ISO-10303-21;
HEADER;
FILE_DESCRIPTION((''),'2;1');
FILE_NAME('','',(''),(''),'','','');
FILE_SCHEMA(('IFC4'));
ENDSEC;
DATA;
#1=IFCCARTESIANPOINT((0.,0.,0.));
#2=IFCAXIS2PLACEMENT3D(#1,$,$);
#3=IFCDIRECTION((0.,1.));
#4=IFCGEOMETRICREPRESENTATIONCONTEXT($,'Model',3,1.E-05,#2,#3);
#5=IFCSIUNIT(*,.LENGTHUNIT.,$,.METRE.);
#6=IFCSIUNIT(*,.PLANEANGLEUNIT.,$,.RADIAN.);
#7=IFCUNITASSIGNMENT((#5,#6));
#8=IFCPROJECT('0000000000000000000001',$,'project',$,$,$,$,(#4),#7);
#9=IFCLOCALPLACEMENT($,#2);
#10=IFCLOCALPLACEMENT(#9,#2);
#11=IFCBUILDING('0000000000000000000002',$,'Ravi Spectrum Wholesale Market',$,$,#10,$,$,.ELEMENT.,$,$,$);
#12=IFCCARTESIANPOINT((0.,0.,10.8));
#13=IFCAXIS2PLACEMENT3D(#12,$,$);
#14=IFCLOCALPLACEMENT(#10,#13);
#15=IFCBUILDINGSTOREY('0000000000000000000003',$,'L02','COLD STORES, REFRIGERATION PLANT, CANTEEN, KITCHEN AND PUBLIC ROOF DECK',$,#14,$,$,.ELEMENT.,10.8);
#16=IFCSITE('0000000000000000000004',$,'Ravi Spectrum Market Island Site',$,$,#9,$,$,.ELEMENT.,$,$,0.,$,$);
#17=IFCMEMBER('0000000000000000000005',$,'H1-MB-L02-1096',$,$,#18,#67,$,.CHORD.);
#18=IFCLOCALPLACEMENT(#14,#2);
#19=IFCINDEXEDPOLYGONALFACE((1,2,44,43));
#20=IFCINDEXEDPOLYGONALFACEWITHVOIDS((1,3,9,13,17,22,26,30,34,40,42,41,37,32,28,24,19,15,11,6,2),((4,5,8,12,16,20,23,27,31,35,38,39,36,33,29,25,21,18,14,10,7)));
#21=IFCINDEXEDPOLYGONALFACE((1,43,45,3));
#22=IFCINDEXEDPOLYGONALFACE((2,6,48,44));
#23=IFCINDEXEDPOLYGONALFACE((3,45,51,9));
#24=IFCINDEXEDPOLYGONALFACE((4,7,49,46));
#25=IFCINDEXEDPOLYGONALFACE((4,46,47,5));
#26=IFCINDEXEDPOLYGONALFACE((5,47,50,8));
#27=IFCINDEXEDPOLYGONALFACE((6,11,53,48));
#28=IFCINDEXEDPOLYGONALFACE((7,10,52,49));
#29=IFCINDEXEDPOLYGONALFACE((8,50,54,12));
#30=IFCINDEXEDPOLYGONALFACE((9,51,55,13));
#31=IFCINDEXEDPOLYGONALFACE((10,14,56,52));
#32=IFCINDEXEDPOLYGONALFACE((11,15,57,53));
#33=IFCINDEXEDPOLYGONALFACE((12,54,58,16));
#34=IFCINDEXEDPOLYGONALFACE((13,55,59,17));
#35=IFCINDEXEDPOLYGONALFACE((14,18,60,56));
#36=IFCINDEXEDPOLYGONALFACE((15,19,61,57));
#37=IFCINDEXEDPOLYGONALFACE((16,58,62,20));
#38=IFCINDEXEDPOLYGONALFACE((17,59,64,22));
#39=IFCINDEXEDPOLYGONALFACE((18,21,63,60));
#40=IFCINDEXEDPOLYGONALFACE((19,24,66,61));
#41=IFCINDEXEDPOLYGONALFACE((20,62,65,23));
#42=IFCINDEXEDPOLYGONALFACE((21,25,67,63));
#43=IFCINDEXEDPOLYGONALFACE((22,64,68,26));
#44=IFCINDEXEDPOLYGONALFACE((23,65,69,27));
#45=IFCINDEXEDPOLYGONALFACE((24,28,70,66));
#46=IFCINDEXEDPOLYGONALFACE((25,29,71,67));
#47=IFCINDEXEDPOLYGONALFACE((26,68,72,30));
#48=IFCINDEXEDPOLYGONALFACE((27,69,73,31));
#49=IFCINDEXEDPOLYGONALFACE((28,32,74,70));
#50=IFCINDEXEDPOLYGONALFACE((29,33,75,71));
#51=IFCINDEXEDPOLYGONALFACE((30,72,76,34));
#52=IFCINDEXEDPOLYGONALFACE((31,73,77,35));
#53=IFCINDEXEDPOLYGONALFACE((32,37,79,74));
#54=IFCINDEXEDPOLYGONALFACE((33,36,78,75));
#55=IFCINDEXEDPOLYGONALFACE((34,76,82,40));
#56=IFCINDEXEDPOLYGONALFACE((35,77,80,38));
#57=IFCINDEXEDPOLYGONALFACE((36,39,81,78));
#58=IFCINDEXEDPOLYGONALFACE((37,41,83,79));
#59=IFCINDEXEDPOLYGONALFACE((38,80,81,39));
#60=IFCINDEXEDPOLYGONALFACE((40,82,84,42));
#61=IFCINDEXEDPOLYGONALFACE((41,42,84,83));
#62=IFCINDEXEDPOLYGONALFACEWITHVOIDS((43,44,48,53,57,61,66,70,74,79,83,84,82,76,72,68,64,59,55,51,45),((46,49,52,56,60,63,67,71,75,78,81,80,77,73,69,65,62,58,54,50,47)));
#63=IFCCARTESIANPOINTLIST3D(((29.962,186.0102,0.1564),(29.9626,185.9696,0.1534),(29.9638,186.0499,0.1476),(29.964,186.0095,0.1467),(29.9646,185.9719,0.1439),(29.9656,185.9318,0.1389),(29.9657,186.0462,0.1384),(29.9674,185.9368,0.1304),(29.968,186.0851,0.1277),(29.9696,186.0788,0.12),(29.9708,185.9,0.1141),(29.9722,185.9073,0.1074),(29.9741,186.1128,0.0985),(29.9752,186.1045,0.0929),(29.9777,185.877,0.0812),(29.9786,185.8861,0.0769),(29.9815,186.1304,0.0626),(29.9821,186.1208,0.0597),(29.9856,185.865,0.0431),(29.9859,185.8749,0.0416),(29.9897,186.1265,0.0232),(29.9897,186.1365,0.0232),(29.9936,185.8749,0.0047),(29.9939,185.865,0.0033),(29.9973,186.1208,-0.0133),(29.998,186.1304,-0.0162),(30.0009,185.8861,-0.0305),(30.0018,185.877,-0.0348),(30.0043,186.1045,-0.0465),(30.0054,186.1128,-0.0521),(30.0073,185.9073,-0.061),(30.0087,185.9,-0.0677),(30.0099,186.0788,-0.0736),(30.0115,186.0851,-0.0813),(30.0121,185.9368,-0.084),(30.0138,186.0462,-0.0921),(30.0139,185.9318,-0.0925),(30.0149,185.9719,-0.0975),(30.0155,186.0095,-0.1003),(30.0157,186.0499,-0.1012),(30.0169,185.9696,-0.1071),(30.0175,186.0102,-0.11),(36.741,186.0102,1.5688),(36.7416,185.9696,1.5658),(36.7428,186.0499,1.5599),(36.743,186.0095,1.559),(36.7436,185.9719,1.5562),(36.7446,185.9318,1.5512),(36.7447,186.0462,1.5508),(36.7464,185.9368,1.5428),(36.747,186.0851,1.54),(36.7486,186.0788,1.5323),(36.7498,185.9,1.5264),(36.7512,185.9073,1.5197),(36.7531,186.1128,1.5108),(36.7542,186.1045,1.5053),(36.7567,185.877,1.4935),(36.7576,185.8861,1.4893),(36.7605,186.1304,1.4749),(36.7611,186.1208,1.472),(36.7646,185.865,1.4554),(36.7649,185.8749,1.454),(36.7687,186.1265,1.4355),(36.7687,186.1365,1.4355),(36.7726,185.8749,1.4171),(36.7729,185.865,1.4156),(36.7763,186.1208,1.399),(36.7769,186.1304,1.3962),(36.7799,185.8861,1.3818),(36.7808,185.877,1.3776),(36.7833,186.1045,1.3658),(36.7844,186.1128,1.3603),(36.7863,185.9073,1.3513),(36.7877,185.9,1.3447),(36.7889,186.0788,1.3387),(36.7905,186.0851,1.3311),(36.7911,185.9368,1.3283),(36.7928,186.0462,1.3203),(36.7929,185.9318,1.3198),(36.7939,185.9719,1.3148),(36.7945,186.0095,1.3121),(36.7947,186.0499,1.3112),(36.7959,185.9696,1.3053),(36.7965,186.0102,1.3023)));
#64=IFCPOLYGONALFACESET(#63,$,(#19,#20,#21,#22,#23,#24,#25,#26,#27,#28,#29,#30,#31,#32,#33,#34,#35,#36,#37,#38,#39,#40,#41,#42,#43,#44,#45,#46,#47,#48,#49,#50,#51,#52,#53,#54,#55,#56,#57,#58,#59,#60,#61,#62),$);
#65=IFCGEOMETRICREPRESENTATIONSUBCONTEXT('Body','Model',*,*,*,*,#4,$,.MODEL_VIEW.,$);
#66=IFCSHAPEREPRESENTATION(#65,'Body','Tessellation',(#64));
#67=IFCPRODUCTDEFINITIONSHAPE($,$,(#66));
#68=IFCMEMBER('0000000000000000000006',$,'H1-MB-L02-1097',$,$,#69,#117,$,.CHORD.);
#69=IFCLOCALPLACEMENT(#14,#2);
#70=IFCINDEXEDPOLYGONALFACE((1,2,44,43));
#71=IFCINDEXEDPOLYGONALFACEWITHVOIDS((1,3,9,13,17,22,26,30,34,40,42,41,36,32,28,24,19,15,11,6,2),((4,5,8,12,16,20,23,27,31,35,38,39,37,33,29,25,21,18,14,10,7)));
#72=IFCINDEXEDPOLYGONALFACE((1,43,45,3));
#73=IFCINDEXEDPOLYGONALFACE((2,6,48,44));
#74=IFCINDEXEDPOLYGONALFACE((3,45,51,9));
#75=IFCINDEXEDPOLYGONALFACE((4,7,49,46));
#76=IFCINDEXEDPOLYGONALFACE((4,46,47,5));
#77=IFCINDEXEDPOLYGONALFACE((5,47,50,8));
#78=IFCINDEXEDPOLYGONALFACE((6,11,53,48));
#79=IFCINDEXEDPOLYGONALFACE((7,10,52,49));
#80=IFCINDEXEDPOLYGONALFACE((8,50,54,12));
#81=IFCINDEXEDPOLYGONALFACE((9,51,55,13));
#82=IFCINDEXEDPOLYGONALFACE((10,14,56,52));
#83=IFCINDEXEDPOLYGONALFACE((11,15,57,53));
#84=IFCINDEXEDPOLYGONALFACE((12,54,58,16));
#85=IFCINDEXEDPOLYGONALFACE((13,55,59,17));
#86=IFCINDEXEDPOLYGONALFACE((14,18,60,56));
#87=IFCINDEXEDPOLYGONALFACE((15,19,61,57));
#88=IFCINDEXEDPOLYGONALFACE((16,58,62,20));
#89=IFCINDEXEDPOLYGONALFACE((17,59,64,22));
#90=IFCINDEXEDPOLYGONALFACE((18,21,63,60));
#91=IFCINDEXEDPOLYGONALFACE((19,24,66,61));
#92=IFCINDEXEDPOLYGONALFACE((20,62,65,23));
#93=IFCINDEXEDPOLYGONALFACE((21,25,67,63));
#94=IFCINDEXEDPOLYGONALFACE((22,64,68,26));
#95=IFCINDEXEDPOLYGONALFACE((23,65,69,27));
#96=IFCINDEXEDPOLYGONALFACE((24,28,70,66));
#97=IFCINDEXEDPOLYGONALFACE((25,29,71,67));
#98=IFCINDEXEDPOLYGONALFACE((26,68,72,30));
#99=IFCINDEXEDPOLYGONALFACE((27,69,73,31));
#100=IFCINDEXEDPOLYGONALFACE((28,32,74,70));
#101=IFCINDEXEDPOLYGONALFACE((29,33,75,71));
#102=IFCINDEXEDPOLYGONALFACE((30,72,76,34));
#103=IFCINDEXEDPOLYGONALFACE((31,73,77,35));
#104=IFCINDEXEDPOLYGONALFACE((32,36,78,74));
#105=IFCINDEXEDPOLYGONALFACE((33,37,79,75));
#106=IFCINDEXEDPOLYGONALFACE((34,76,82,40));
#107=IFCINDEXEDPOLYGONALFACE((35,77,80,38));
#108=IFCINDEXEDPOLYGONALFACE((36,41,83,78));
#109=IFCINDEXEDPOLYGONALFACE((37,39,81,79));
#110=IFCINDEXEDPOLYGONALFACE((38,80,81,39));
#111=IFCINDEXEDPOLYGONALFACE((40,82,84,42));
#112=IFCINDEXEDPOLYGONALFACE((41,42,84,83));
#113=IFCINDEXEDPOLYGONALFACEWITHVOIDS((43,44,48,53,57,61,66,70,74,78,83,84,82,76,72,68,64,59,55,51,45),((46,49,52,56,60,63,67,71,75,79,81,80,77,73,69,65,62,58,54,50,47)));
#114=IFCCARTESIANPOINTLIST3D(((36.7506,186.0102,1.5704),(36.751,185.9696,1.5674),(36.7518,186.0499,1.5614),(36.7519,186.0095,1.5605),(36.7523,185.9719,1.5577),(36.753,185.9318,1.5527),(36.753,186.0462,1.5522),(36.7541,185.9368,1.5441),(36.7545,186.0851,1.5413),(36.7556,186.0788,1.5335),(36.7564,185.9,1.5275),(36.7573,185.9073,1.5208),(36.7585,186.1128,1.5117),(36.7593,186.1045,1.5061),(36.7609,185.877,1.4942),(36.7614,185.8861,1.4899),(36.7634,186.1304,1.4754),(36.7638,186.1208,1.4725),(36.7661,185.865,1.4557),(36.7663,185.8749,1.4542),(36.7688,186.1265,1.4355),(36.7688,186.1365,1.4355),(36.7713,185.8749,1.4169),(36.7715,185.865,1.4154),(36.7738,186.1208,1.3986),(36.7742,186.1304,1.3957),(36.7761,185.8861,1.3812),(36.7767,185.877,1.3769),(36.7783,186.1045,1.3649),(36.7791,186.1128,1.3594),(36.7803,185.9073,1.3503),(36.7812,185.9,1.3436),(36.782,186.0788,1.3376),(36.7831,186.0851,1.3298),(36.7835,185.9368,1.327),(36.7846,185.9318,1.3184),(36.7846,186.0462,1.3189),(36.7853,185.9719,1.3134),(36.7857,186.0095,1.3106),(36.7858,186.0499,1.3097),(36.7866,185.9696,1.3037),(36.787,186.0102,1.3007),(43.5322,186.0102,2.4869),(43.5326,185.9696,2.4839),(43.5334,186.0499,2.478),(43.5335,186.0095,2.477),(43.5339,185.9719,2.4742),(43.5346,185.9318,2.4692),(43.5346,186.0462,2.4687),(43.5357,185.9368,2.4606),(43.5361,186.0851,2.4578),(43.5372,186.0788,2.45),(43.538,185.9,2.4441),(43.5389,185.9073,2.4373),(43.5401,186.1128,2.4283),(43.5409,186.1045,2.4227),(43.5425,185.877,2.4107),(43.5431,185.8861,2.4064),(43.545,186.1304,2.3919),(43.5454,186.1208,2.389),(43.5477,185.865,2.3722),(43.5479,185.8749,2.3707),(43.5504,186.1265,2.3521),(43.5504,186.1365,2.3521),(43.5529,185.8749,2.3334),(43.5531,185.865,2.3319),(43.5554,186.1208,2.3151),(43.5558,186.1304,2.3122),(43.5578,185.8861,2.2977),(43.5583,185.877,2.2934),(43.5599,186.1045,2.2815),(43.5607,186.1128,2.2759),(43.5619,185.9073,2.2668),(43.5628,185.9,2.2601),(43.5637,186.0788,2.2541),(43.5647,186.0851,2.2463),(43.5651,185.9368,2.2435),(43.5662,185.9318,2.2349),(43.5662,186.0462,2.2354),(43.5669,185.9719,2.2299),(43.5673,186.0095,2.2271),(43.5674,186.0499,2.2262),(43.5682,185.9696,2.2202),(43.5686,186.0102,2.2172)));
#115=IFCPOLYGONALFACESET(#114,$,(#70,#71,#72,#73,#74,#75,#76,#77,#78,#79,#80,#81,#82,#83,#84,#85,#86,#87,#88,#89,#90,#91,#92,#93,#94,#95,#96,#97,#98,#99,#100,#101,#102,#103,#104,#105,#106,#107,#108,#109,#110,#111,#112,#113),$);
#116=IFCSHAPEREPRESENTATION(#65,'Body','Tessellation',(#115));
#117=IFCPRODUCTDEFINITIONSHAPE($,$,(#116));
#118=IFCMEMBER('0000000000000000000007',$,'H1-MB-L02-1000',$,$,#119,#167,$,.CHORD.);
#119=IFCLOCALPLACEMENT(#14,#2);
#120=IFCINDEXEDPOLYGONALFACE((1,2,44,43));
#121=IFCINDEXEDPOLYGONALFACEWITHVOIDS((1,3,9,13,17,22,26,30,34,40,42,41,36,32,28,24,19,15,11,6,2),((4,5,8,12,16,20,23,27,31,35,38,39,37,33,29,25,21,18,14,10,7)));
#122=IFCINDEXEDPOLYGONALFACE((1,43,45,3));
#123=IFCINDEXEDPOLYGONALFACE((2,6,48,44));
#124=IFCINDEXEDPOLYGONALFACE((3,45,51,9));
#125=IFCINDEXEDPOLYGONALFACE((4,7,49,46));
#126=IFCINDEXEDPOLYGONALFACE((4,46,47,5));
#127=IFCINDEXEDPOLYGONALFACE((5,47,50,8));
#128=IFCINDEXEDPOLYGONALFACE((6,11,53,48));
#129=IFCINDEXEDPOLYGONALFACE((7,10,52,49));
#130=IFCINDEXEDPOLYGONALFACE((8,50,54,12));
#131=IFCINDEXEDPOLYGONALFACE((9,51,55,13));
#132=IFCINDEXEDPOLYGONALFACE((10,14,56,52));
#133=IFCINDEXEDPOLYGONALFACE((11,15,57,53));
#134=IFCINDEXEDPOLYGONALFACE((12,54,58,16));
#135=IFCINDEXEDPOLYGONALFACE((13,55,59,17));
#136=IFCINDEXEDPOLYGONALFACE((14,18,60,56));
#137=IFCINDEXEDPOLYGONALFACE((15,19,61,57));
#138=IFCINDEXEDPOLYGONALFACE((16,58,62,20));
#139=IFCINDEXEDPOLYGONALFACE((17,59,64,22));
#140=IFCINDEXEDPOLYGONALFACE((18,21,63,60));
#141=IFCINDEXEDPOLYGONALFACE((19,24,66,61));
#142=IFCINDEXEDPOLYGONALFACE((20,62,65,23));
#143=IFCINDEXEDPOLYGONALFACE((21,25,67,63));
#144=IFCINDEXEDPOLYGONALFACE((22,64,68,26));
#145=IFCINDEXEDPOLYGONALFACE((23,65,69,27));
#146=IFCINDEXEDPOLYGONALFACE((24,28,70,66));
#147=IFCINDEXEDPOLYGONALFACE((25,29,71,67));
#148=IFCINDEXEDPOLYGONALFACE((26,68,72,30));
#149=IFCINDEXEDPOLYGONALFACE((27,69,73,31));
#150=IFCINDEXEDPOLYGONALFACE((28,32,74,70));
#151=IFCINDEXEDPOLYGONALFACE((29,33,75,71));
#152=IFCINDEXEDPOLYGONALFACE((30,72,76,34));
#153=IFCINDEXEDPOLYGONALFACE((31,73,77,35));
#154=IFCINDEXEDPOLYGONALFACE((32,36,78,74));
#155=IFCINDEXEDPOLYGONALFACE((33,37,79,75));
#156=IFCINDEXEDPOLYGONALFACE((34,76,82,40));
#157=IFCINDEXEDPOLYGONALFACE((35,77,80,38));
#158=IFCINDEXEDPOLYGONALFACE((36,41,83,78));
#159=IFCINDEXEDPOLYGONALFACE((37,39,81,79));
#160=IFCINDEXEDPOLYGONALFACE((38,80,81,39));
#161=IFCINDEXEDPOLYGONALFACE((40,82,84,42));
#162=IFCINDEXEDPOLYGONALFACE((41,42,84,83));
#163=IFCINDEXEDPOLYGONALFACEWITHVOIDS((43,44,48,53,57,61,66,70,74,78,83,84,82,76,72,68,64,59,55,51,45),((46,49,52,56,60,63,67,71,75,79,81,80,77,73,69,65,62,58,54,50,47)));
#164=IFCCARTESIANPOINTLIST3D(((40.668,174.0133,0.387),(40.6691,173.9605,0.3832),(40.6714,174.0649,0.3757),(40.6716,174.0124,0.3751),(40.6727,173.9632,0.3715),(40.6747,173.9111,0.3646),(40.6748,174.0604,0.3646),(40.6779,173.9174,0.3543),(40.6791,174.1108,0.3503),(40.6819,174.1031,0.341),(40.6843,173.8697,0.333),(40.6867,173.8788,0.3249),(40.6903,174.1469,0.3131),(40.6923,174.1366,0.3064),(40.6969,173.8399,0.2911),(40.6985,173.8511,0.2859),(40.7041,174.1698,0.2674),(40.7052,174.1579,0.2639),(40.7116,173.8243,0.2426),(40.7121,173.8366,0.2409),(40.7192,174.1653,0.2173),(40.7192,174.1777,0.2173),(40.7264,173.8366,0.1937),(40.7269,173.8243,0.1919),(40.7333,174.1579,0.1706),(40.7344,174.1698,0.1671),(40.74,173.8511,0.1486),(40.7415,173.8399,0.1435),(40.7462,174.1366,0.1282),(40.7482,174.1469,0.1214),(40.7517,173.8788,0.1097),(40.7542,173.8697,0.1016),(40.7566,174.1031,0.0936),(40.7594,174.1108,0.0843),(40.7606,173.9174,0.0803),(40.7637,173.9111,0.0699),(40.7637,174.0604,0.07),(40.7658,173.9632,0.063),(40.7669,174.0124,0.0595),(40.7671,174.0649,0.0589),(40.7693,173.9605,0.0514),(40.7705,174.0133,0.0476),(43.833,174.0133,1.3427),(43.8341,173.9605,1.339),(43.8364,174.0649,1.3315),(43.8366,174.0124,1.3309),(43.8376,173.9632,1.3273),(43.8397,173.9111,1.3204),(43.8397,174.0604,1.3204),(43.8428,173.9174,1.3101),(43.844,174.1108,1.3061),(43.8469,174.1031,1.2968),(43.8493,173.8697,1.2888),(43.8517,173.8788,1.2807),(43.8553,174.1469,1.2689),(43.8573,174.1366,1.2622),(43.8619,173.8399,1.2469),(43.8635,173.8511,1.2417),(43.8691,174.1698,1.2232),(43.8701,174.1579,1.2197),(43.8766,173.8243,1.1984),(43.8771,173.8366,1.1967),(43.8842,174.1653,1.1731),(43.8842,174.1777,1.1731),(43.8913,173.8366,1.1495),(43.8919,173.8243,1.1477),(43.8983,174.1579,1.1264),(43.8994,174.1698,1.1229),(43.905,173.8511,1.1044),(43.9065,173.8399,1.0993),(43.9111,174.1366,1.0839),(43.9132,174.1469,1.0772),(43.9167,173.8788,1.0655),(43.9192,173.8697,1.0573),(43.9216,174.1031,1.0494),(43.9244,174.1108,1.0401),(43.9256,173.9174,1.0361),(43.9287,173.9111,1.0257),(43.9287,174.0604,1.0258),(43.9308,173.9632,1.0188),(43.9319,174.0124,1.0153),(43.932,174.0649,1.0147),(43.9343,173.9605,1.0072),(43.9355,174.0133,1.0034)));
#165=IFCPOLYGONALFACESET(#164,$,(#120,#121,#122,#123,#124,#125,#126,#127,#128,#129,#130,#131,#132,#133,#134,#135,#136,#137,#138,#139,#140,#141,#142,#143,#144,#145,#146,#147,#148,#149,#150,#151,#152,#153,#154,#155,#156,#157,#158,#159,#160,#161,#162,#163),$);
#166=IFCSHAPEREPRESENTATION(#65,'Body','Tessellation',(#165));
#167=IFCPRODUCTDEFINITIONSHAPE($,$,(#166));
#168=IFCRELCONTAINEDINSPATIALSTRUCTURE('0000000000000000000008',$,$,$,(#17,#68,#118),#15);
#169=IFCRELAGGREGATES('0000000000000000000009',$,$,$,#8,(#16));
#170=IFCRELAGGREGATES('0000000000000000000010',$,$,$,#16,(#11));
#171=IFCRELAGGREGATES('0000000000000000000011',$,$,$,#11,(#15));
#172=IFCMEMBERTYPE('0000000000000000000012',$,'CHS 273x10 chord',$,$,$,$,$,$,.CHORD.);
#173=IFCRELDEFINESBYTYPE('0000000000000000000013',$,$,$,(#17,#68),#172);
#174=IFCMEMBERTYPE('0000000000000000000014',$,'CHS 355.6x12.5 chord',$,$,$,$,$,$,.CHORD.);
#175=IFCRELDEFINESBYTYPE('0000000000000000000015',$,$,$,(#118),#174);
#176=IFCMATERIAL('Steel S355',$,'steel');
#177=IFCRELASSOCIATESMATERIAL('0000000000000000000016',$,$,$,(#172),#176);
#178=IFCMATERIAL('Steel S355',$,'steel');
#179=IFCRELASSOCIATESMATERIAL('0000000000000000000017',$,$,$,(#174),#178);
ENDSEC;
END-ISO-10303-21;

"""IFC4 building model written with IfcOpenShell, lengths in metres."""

from ifc_helpers import new_model, si_unit, direction, frame, origin, origin_2d, place, context, subcontext, project, spatial, hollow_circle, extrude, material, material_profile, profile_set, type_object, element, save


model = new_model("IFC4")

# Units and contexts
model_context = context("Model", 3, precision=1e-05, world=origin(), true_north=direction((0.0, 1.0)))
body_context = subcontext(model_context, "Body", "Model", "MODEL_VIEW")
ifc_project = project(units=[si_unit("LENGTHUNIT", "METRE"), si_unit("PLANEANGLEUNIT", "RADIAN")], contexts=[model_context])

# Site, building, storey
site_placement = place(None, origin())
site = spatial("IfcSite", under=ifc_project, at=site_placement, Name="Ravi Spectrum Market Island Site", CompositionType="ELEMENT", RefElevation=0.0)
building_placement = place(site_placement, origin())
building = spatial("IfcBuilding", under=site, at=building_placement, Name="Ravi Spectrum Wholesale Market", CompositionType="ELEMENT")
storey_placement = place(building_placement, frame((0.0, 0.0, 10.8)))
storey = spatial("IfcBuildingStorey", under=building, at=storey_placement, Name="L02", Description="COLD STORES, REFRIGERATION PLANT, CANTEEN, KITCHEN AND PUBLIC ROOF DECK", CompositionType="ELEMENT", Elevation=10.8)

# Members
ifc_material_1 = material(Name="Steel S355", Category="steel")
ifc_material_profile_1 = material_profile(ifc_material_1, hollow_circle(Radius=0.1365, WallThickness=0.01, at=origin_2d()))
ifc_profile_set_1 = profile_set([ifc_material_profile_1], Name="Steel S355")
member_type_1 = type_object("IfcMemberType", Name="CHS 273x10 chord", PredefinedType="CHORD", material=ifc_profile_set_1)
member_1_placement = place(storey_placement, frame((29.9897, 186.0, 0.0232), z_axis=(0.978979, 0.0, 0.203961), x_axis=(0.0, 1.0, 0.0)))
element("IfcMember", 1, at=member_1_placement, inside=storey, type_object=member_type_1, Name="H1-MB-L02-1096", PredefinedType="CHORD", context=body_context, shape_type="SweptSolid", body=[
    extrude(hollow_circle(Radius=0.1365, WallThickness=0.01, at=origin_2d()), origin(), (0.0, 0.0, 1.0), 6.9246),
])
member_2_placement = place(storey_placement, frame((36.7688, 186.0, 1.4355), z_axis=(0.990991, 0.0, 0.13393), x_axis=(0.0, 1.0, 0.0)))
element("IfcMember", 2, at=member_2_placement, inside=storey, type_object=member_type_1, Name="H1-MB-L02-1097", PredefinedType="CHORD", context=body_context, shape_type="SweptSolid", body=[
    extrude(hollow_circle(Radius=0.1365, WallThickness=0.01, at=origin_2d()), origin(), (0.0, 0.0, 1.0), 6.8433),
])
ifc_material_2 = material(Name="Steel S355", Category="steel")
ifc_material_profile_2 = material_profile(ifc_material_2, hollow_circle(Radius=0.1777, WallThickness=0.0125, at=origin_2d()))
ifc_profile_set_2 = profile_set([ifc_material_profile_2], Name="Steel S355")
member_type_2 = type_object("IfcMemberType", Name="CHS 355.6x12.5 chord", PredefinedType="CHORD", material=ifc_profile_set_2)
member_3_placement = place(storey_placement, frame((40.7192, 174.0, 0.2173), z_axis=(0.9573, 0.0, 0.289095), x_axis=(0.0, 1.0, 0.0)))
element("IfcMember", 3, at=member_3_placement, inside=storey, type_object=member_type_2, Name="H1-MB-L02-1000", PredefinedType="CHORD", context=body_context, shape_type="SweptSolid", body=[
    extrude(hollow_circle(Radius=0.1777, WallThickness=0.0125, at=origin_2d()), origin(), (0.0, 0.0, 1.0), 3.3062),
])

save(model, "model.ifc")
